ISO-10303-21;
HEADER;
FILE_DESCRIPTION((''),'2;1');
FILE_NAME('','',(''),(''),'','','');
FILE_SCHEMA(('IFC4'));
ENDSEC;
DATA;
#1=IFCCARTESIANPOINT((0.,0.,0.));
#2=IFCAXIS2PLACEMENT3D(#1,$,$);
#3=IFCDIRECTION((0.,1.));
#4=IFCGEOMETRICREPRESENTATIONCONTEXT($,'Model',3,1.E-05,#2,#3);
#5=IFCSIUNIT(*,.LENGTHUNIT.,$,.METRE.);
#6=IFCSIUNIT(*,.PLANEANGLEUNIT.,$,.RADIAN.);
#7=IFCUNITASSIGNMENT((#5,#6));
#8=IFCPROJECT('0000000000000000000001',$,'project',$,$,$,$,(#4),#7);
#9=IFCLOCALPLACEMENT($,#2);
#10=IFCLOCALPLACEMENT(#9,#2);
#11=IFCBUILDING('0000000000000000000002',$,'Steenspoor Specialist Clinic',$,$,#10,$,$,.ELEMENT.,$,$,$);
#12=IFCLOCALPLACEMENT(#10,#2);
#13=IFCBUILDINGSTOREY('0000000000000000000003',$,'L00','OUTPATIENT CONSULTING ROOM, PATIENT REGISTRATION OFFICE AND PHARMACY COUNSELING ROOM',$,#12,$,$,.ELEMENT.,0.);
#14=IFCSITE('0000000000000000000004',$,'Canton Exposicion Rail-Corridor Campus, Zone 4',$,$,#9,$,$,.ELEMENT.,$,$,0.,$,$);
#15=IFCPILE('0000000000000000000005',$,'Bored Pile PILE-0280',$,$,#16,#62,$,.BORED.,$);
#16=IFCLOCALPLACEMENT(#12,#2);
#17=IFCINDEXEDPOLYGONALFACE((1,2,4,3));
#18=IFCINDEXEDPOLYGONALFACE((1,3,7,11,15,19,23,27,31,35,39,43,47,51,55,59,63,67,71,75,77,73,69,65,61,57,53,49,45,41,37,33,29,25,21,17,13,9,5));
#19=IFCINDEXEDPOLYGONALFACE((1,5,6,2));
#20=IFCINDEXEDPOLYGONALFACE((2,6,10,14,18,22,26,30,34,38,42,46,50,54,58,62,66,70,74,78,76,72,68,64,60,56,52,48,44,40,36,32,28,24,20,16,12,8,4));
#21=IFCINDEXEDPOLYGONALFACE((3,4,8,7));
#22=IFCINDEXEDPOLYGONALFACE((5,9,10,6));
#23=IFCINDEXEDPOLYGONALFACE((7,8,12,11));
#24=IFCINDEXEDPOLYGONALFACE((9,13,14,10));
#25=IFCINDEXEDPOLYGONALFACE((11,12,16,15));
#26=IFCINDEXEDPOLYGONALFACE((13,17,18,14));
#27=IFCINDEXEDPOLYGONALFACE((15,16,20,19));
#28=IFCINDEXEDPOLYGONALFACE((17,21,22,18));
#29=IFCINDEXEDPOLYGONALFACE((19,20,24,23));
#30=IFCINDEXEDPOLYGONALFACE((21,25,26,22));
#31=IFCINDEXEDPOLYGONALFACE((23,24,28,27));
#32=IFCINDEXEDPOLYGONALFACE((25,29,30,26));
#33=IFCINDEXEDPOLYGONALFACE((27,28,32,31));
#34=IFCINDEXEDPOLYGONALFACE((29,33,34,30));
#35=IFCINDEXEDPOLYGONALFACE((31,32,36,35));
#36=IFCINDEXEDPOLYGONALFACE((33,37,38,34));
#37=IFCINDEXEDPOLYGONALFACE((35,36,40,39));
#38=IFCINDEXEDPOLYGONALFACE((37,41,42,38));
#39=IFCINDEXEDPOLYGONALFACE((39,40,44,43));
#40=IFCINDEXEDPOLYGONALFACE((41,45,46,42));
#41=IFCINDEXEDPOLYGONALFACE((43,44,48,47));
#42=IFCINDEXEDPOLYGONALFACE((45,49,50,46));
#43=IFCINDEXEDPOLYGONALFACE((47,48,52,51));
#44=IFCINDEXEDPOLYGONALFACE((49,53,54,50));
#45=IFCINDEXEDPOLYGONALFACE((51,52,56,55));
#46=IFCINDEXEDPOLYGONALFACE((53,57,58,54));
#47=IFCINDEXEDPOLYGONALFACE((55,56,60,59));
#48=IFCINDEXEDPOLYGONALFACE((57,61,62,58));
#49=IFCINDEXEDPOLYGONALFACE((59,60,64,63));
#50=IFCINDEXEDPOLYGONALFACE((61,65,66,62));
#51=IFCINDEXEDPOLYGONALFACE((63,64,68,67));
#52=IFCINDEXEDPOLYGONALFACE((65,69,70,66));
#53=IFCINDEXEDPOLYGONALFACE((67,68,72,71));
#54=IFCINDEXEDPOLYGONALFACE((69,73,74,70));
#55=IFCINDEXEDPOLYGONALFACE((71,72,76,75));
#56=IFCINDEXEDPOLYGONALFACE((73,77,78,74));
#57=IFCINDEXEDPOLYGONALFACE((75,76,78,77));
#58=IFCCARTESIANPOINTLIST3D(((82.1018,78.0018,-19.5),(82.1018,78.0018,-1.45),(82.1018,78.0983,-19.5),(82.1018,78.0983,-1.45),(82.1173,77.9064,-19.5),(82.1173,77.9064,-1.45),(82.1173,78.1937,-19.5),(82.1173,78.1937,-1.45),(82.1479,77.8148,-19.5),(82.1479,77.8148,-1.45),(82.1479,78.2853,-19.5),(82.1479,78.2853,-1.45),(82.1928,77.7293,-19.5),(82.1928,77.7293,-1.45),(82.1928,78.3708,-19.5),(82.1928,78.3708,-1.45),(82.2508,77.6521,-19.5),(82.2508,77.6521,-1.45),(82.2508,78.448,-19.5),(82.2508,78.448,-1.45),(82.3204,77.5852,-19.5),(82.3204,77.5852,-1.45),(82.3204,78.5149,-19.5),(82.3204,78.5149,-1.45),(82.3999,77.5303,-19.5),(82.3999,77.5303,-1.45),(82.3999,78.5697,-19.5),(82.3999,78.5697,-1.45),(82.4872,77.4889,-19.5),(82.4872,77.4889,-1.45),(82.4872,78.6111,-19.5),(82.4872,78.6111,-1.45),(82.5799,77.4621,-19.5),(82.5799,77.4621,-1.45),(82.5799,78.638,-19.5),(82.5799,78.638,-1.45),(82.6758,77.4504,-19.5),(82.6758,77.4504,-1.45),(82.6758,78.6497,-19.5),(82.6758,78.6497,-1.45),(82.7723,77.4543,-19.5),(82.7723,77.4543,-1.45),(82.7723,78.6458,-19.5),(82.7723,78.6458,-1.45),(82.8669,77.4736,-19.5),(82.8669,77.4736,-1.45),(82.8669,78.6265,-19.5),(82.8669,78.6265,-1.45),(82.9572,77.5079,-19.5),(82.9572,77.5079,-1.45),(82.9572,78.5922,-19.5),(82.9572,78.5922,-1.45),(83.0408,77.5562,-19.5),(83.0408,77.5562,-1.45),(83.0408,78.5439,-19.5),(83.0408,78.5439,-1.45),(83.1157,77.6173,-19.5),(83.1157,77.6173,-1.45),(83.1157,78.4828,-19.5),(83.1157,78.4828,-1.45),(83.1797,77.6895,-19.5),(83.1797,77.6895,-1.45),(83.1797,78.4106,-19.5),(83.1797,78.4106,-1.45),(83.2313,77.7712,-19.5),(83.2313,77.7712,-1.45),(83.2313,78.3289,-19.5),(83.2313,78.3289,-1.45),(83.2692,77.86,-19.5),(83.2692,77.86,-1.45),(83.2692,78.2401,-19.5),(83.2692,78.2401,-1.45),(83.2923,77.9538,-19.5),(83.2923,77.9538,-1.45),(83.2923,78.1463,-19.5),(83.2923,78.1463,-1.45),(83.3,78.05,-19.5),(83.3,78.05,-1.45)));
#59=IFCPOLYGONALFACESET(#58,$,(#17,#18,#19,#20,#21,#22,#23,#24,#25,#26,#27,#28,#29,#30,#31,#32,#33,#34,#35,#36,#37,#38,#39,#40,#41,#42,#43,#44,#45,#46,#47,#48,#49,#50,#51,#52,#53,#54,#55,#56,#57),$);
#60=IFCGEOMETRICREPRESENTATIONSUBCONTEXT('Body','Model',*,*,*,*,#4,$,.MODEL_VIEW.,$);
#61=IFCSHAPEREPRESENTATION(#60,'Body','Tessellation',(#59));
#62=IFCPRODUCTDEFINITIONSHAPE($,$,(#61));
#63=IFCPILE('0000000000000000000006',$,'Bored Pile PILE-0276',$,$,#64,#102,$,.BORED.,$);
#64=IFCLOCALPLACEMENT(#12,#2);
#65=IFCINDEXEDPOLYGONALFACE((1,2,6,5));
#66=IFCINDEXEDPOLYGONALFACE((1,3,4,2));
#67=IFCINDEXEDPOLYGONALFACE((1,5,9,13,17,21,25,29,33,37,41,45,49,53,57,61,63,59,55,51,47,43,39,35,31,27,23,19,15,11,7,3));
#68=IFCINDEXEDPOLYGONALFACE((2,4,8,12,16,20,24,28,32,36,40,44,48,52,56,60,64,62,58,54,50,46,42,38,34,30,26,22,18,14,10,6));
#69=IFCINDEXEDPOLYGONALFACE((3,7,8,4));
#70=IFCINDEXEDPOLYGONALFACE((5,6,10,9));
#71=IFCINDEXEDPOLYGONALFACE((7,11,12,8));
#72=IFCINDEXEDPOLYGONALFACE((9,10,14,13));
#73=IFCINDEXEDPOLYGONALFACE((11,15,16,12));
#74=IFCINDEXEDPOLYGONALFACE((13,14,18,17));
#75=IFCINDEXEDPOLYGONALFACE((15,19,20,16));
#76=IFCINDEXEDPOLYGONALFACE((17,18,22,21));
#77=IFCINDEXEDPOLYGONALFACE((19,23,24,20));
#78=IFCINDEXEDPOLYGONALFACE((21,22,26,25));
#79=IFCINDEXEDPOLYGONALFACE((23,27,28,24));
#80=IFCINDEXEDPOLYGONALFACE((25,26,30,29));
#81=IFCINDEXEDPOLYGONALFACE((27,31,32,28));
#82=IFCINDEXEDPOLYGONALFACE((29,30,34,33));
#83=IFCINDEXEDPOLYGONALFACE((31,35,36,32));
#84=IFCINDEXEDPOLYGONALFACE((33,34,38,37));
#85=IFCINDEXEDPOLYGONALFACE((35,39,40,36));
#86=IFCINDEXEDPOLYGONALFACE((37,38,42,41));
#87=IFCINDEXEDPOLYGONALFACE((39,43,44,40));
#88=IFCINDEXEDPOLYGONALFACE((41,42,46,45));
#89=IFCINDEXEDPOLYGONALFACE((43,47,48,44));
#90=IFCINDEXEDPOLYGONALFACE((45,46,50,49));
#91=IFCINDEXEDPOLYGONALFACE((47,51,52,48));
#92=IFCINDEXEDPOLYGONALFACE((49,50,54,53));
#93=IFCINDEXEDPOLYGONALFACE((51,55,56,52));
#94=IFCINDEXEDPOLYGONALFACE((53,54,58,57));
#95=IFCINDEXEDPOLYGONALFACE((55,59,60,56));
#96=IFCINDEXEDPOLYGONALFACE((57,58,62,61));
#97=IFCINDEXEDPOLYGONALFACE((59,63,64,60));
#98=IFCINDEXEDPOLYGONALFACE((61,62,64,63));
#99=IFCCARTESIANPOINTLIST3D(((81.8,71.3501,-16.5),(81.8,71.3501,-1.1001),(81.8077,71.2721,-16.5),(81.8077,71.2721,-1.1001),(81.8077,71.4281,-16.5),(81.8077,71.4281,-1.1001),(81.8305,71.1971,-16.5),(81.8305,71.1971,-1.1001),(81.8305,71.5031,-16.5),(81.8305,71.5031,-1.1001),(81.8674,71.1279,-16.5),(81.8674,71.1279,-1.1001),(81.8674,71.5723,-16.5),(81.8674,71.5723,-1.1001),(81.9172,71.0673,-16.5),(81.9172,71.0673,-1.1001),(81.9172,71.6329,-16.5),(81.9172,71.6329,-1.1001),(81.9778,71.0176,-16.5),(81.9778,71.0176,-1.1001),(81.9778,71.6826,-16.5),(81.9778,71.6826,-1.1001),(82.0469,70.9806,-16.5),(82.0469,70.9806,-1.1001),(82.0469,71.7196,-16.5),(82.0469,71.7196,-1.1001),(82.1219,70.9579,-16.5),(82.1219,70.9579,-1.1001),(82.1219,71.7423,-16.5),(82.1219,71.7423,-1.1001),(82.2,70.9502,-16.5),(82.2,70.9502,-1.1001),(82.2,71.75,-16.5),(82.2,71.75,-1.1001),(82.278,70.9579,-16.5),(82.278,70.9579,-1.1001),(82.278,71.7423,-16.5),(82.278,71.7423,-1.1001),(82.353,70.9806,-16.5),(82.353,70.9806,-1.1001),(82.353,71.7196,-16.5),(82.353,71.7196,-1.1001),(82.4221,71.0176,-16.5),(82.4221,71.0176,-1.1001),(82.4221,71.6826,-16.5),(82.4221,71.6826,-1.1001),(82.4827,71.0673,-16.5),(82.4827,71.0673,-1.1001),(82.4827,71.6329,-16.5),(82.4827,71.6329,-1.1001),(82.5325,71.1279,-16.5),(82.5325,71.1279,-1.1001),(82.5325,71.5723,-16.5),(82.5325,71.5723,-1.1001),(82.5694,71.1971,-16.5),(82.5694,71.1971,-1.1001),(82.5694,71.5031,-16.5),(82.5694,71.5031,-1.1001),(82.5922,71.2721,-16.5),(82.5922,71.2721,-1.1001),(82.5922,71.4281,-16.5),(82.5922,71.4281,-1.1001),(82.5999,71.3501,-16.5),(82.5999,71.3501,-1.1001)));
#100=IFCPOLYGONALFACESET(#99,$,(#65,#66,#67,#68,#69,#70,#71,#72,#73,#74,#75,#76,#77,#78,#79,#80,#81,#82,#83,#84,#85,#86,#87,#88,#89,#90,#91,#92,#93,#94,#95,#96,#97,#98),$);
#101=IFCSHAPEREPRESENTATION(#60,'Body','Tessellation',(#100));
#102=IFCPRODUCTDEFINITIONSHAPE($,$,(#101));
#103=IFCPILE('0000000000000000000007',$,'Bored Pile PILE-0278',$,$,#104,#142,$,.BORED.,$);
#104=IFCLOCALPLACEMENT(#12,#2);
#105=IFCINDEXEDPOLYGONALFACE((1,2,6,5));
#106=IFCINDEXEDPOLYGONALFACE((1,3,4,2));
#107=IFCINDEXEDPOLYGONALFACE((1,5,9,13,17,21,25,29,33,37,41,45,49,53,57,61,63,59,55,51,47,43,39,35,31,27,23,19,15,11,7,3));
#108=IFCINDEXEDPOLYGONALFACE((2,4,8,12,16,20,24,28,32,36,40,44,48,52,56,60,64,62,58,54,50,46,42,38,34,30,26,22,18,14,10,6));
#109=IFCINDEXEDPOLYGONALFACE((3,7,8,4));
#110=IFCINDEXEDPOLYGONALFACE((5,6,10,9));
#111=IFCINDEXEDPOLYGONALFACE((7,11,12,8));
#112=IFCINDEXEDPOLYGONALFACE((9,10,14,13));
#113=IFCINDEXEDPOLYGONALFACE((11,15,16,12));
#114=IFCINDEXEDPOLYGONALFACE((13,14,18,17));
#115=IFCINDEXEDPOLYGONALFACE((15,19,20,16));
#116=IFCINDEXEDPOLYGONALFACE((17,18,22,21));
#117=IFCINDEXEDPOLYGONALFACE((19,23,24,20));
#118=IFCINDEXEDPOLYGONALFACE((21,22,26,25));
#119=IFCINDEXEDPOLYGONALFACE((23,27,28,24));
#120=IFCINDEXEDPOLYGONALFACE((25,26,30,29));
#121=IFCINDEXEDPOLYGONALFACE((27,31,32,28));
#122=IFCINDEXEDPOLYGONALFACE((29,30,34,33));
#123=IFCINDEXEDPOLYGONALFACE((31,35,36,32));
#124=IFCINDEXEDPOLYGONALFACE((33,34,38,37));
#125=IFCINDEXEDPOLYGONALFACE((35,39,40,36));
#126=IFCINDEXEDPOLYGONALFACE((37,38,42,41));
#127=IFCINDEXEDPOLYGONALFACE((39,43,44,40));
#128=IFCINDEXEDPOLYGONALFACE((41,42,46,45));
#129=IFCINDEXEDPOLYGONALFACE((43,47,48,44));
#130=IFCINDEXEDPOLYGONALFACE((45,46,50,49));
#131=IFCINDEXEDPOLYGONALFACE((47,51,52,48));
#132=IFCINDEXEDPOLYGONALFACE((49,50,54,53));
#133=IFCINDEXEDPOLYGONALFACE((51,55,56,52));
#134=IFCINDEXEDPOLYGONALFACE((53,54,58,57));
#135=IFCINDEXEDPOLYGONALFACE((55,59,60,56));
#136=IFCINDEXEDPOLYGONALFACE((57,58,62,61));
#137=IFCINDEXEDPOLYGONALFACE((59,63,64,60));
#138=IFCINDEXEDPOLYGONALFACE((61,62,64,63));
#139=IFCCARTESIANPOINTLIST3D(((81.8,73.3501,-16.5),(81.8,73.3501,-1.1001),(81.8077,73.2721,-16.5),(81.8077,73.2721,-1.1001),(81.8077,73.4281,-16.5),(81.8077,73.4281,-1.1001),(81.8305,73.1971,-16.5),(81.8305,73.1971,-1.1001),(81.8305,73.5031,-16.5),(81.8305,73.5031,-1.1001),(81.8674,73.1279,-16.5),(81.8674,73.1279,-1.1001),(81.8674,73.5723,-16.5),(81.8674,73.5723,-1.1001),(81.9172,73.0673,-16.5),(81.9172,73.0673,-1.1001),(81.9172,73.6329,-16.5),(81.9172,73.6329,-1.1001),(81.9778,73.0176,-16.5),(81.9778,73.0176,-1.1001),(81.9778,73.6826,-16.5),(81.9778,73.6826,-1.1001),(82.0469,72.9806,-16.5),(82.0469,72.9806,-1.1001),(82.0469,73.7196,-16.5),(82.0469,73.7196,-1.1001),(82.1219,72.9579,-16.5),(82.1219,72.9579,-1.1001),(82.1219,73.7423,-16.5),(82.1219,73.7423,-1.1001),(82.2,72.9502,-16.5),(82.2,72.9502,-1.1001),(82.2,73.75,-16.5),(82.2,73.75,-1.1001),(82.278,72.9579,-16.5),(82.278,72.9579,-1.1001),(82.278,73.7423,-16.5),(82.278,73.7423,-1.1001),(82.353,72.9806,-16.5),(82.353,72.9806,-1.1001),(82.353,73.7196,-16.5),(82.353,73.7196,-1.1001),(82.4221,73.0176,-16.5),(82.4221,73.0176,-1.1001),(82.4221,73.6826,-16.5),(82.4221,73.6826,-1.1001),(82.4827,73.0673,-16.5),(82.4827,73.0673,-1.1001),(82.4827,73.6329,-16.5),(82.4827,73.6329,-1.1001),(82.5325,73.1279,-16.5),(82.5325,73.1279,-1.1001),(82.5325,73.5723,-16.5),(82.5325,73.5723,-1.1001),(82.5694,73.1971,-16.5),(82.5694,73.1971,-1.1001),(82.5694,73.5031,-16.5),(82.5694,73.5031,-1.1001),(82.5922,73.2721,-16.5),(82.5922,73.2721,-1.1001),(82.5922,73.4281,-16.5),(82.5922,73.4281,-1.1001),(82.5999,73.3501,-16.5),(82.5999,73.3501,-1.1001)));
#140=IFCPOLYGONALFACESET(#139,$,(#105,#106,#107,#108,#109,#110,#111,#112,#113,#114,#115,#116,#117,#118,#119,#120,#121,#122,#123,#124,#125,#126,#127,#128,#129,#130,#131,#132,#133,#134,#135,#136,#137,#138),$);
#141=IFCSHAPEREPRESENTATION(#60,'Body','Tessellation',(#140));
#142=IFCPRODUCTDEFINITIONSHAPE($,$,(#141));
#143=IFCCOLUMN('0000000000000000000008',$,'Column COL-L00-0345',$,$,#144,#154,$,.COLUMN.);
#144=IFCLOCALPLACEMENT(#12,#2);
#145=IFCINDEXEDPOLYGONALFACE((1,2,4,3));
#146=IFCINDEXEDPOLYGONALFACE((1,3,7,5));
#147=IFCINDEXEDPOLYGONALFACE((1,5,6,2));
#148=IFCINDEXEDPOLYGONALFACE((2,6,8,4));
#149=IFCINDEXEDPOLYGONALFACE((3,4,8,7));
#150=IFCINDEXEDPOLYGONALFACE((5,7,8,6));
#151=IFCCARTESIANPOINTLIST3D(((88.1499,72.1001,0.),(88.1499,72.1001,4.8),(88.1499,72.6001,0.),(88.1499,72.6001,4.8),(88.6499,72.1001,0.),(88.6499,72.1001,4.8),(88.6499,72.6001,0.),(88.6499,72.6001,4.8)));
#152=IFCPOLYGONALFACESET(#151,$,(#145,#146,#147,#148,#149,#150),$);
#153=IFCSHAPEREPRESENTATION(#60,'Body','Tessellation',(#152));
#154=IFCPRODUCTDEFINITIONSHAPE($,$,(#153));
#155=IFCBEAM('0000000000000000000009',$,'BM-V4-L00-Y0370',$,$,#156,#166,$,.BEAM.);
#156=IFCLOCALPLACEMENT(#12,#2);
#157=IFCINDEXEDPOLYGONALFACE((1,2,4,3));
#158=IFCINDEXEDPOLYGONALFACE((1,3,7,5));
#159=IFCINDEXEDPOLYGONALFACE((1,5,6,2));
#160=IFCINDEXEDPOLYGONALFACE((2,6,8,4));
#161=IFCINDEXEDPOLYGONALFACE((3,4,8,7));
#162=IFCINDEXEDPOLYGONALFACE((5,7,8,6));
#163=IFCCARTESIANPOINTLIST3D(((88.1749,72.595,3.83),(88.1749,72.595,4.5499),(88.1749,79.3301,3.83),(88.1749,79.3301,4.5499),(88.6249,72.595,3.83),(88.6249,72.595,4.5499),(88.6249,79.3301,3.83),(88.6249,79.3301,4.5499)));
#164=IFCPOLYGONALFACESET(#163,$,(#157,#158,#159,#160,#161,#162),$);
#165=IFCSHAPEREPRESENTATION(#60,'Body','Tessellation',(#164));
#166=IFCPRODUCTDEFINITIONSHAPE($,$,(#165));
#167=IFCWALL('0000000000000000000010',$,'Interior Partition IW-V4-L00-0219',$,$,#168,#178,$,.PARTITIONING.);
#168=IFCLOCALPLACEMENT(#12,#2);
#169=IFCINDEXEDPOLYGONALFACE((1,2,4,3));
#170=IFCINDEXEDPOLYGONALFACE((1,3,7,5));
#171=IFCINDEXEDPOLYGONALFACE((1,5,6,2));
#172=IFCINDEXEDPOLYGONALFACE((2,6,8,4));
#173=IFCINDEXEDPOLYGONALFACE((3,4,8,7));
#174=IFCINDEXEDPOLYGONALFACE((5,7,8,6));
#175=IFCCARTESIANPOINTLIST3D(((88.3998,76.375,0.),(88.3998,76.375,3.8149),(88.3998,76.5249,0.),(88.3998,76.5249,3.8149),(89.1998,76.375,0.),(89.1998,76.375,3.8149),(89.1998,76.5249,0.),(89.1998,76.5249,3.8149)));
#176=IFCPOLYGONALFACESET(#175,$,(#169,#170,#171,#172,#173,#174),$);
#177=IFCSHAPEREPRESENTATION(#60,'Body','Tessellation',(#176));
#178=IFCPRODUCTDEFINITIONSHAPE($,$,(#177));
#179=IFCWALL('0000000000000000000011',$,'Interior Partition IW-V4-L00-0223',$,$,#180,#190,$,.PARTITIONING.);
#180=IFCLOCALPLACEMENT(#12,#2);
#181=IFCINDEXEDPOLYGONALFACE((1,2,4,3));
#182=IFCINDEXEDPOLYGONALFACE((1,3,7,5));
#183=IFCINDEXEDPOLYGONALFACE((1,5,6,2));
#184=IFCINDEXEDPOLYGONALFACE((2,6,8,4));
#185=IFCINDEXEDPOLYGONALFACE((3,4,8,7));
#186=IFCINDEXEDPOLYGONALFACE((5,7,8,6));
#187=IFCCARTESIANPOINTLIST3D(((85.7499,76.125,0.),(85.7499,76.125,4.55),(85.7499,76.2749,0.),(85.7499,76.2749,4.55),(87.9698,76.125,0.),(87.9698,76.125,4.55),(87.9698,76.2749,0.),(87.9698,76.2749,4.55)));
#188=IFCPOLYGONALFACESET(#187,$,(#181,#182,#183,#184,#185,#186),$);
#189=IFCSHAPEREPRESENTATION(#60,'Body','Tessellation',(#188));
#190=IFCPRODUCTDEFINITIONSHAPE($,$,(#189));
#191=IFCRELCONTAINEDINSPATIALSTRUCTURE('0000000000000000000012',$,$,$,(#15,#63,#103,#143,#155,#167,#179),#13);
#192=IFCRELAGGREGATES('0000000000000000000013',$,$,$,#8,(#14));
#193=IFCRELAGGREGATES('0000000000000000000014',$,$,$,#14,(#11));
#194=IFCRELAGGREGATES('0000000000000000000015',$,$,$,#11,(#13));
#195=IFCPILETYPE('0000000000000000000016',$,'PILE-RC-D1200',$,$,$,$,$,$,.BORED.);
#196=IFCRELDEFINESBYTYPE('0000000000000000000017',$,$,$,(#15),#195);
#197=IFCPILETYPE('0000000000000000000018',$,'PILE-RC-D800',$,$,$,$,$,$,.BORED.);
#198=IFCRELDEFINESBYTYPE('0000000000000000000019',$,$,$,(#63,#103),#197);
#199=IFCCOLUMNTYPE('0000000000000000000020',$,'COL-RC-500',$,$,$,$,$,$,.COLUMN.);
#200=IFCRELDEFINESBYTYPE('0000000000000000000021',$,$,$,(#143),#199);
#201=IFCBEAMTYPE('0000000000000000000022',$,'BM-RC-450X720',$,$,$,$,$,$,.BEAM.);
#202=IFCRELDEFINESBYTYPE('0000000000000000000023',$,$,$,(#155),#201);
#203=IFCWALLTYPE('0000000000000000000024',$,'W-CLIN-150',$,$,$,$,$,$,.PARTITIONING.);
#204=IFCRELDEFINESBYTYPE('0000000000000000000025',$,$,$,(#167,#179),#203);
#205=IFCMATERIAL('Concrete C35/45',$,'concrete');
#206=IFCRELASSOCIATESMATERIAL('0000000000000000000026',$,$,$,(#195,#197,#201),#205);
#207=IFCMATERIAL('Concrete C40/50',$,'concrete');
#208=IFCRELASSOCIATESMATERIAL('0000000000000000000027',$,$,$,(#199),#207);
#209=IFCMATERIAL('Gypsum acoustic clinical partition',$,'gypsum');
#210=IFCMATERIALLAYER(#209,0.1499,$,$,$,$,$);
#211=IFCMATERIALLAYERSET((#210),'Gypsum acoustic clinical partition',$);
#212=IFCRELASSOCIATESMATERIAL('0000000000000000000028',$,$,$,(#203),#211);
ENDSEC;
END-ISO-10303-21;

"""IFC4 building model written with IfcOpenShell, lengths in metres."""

from ifc_helpers import new_model, si_unit, direction, frame, frame_2d, origin, origin_2d, place, context, subcontext, project, spatial, rectangle, circle, extrude, material, layer, layer_set, material_profile, profile_set, type_object, element, save


model = new_model("IFC4")

# Units and contexts
model_context = context("Model", 3, precision=1e-05, world=origin(), true_north=direction((0.0, 1.0)))
body_context = subcontext(model_context, "Body", "Model", "MODEL_VIEW")
ifc_project = project(units=[si_unit("LENGTHUNIT", "METRE"), si_unit("PLANEANGLEUNIT", "RADIAN")], contexts=[model_context])

# Site, building, storey
site_placement = place(None, origin())
site = spatial("IfcSite", under=ifc_project, at=site_placement, Name="Canton Exposicion Rail-Corridor Campus, Zone 4", CompositionType="ELEMENT", RefElevation=0.0)
building_placement = place(site_placement, origin())
building = spatial("IfcBuilding", under=site, at=building_placement, Name="Steenspoor Specialist Clinic", CompositionType="ELEMENT")
storey_placement = place(building_placement, origin())
storey = spatial("IfcBuildingStorey", under=building, at=storey_placement, Name="L00", Description="OUTPATIENT CONSULTING ROOM, PATIENT REGISTRATION OFFICE AND PHARMACY COUNSELING ROOM", CompositionType="ELEMENT", Elevation=0.0)

# Shared definitions
ifc_material_1 = material(Name="Concrete C35/45", Category="concrete")

# Piles
ifc_material_profile_1 = material_profile(ifc_material_1, circle(Radius=0.6001, at=origin_2d()), Name="PILE-D1200")
ifc_profile_set_1 = profile_set([ifc_material_profile_1], Name="Concrete C35/45")
pile_type_1 = type_object("IfcPileType", Name="PILE-RC-D1200", PredefinedType="BORED", material=ifc_profile_set_1)
pile_1_placement = place(storey_placement, frame((82.7, 78.05, -1.45), z_axis=(0.0, 0.0, -1.0), x_axis=(1.0, 0.0, 0.0)))
element("IfcPile", 1, at=pile_1_placement, inside=storey, type_object=pile_type_1, Name="Bored Pile PILE-0280", PredefinedType="BORED", context=body_context, shape_type="SweptSolid", body=[
    extrude(circle(Radius=0.6001, at=origin_2d()), origin(), (0.0, 0.0, 1.0), 18.05),
])
ifc_material_profile_2 = material_profile(ifc_material_1, circle(Radius=0.3999, at=origin_2d()), Name="PILE-D800")
ifc_profile_set_2 = profile_set([ifc_material_profile_2], Name="Concrete C35/45")
pile_type_2 = type_object("IfcPileType", Name="PILE-RC-D800", PredefinedType="BORED", material=ifc_profile_set_2)
for number, where, z_axis, x_axis, name in (
    (2, (82.2, 71.3501, -1.1001), (0.0, 0.0, -1.0), (1.0, 0.0, 0.0), "Bored Pile PILE-0276"),
    (3, (82.2, 73.3501, -1.1001), (0.0, 0.0, -1.0), (1.0, 0.0, 0.0), "Bored Pile PILE-0278"),
):
    element("IfcPile", number, at=place(storey_placement, frame(where, z_axis=z_axis, x_axis=x_axis)), inside=storey, type_object=pile_type_2, Name=name, PredefinedType="BORED", context=body_context, shape_type="SweptSolid", body=[
        extrude(circle(Radius=0.3999, at=origin_2d()), origin(), (0.0, 0.0, 1.0), 15.3999),
    ])

# Column
ifc_material_2 = material(Name="Concrete C40/50", Category="concrete")
ifc_material_profile_3 = material_profile(ifc_material_2, rectangle(XDim=0.5, YDim=0.5, at=origin_2d()), Name="RC-COL-500X500")
ifc_profile_set_3 = profile_set([ifc_material_profile_3], Name="Concrete C40/50")
column_type = type_object("IfcColumnType", Name="COL-RC-500", PredefinedType="COLUMN", material=ifc_profile_set_3)
column_placement = place(storey_placement, frame((88.3999, 72.3501, 0.0), z_axis=(0.0, 0.0, 1.0), x_axis=(1.0, 0.0, 0.0)))
element("IfcColumn", 4, at=column_placement, inside=storey, type_object=column_type, Name="Column COL-L00-0345", PredefinedType="COLUMN", context=body_context, shape_type="SweptSolid", body=[
    extrude(rectangle(XDim=0.5, YDim=0.5, at=origin_2d()), origin(), (0.0, 0.0, 1.0), 4.8),
])

# Beam
ifc_material_profile_4 = material_profile(ifc_material_1, rectangle(XDim=0.45, YDim=0.72, at=origin_2d()), Name="RC-BM-450X720")
ifc_profile_set_4 = profile_set([ifc_material_profile_4], Name="Concrete C35/45")
beam_type = type_object("IfcBeamType", Name="BM-RC-450X720", PredefinedType="BEAM", material=ifc_profile_set_4)
beam_placement = place(storey_placement, frame((88.3999, 72.595, 4.1899), z_axis=(0.0, 1.0, 0.0), x_axis=(-1.0, 0.0, 0.0)))
element("IfcBeam", 5, at=beam_placement, inside=storey, type_object=beam_type, Name="BM-V4-L00-Y0370", PredefinedType="BEAM", context=body_context, shape_type="SweptSolid", body=[
    extrude(rectangle(XDim=0.45, YDim=0.72, at=origin_2d()), origin(), (0.0, 0.0, 1.0), 6.7351),
])

# Walls
ifc_material_3 = material(Name="Gypsum acoustic clinical partition", Category="gypsum")
ifc_layer_1 = layer(ifc_material_3, 0.1499)
ifc_layer_set_1 = layer_set([ifc_layer_1], Name="Gypsum acoustic clinical partition")
wall_type_1 = type_object("IfcWallType", Name="W-CLIN-150", PredefinedType="PARTITIONING", material=ifc_layer_set_1)
wall_1_placement = place(storey_placement, frame((88.3999, 76.45, 0.0), z_axis=(0.0, 0.0, 1.0), x_axis=(1.0, 0.0, 0.0)))
element("IfcWall", 6, at=wall_1_placement, inside=storey, type_object=wall_type_1, Name="Interior Partition IW-V4-L00-0219", PredefinedType="PARTITIONING", context=body_context, shape_type="SweptSolid", body=[
    extrude(rectangle(XDim=0.8, YDim=0.1499, at=frame_2d((0.3999, 0.0))), origin(), (0.0, 0.0, 1.0), 3.8149),
])
wall_2_placement = place(storey_placement, frame((85.75, 76.2, 0.0), z_axis=(0.0, 0.0, 1.0), x_axis=(1.0, 0.0, 0.0)))
element("IfcWall", 7, at=wall_2_placement, inside=storey, type_object=wall_type_1, Name="Interior Partition IW-V4-L00-0223", PredefinedType="PARTITIONING", context=body_context, shape_type="SweptSolid", body=[
    extrude(rectangle(XDim=2.22, YDim=0.1499, at=frame_2d((1.1099, 0.0))), origin(), (0.0, 0.0, 1.0), 4.55),
])

save(model, "model.ifc")
